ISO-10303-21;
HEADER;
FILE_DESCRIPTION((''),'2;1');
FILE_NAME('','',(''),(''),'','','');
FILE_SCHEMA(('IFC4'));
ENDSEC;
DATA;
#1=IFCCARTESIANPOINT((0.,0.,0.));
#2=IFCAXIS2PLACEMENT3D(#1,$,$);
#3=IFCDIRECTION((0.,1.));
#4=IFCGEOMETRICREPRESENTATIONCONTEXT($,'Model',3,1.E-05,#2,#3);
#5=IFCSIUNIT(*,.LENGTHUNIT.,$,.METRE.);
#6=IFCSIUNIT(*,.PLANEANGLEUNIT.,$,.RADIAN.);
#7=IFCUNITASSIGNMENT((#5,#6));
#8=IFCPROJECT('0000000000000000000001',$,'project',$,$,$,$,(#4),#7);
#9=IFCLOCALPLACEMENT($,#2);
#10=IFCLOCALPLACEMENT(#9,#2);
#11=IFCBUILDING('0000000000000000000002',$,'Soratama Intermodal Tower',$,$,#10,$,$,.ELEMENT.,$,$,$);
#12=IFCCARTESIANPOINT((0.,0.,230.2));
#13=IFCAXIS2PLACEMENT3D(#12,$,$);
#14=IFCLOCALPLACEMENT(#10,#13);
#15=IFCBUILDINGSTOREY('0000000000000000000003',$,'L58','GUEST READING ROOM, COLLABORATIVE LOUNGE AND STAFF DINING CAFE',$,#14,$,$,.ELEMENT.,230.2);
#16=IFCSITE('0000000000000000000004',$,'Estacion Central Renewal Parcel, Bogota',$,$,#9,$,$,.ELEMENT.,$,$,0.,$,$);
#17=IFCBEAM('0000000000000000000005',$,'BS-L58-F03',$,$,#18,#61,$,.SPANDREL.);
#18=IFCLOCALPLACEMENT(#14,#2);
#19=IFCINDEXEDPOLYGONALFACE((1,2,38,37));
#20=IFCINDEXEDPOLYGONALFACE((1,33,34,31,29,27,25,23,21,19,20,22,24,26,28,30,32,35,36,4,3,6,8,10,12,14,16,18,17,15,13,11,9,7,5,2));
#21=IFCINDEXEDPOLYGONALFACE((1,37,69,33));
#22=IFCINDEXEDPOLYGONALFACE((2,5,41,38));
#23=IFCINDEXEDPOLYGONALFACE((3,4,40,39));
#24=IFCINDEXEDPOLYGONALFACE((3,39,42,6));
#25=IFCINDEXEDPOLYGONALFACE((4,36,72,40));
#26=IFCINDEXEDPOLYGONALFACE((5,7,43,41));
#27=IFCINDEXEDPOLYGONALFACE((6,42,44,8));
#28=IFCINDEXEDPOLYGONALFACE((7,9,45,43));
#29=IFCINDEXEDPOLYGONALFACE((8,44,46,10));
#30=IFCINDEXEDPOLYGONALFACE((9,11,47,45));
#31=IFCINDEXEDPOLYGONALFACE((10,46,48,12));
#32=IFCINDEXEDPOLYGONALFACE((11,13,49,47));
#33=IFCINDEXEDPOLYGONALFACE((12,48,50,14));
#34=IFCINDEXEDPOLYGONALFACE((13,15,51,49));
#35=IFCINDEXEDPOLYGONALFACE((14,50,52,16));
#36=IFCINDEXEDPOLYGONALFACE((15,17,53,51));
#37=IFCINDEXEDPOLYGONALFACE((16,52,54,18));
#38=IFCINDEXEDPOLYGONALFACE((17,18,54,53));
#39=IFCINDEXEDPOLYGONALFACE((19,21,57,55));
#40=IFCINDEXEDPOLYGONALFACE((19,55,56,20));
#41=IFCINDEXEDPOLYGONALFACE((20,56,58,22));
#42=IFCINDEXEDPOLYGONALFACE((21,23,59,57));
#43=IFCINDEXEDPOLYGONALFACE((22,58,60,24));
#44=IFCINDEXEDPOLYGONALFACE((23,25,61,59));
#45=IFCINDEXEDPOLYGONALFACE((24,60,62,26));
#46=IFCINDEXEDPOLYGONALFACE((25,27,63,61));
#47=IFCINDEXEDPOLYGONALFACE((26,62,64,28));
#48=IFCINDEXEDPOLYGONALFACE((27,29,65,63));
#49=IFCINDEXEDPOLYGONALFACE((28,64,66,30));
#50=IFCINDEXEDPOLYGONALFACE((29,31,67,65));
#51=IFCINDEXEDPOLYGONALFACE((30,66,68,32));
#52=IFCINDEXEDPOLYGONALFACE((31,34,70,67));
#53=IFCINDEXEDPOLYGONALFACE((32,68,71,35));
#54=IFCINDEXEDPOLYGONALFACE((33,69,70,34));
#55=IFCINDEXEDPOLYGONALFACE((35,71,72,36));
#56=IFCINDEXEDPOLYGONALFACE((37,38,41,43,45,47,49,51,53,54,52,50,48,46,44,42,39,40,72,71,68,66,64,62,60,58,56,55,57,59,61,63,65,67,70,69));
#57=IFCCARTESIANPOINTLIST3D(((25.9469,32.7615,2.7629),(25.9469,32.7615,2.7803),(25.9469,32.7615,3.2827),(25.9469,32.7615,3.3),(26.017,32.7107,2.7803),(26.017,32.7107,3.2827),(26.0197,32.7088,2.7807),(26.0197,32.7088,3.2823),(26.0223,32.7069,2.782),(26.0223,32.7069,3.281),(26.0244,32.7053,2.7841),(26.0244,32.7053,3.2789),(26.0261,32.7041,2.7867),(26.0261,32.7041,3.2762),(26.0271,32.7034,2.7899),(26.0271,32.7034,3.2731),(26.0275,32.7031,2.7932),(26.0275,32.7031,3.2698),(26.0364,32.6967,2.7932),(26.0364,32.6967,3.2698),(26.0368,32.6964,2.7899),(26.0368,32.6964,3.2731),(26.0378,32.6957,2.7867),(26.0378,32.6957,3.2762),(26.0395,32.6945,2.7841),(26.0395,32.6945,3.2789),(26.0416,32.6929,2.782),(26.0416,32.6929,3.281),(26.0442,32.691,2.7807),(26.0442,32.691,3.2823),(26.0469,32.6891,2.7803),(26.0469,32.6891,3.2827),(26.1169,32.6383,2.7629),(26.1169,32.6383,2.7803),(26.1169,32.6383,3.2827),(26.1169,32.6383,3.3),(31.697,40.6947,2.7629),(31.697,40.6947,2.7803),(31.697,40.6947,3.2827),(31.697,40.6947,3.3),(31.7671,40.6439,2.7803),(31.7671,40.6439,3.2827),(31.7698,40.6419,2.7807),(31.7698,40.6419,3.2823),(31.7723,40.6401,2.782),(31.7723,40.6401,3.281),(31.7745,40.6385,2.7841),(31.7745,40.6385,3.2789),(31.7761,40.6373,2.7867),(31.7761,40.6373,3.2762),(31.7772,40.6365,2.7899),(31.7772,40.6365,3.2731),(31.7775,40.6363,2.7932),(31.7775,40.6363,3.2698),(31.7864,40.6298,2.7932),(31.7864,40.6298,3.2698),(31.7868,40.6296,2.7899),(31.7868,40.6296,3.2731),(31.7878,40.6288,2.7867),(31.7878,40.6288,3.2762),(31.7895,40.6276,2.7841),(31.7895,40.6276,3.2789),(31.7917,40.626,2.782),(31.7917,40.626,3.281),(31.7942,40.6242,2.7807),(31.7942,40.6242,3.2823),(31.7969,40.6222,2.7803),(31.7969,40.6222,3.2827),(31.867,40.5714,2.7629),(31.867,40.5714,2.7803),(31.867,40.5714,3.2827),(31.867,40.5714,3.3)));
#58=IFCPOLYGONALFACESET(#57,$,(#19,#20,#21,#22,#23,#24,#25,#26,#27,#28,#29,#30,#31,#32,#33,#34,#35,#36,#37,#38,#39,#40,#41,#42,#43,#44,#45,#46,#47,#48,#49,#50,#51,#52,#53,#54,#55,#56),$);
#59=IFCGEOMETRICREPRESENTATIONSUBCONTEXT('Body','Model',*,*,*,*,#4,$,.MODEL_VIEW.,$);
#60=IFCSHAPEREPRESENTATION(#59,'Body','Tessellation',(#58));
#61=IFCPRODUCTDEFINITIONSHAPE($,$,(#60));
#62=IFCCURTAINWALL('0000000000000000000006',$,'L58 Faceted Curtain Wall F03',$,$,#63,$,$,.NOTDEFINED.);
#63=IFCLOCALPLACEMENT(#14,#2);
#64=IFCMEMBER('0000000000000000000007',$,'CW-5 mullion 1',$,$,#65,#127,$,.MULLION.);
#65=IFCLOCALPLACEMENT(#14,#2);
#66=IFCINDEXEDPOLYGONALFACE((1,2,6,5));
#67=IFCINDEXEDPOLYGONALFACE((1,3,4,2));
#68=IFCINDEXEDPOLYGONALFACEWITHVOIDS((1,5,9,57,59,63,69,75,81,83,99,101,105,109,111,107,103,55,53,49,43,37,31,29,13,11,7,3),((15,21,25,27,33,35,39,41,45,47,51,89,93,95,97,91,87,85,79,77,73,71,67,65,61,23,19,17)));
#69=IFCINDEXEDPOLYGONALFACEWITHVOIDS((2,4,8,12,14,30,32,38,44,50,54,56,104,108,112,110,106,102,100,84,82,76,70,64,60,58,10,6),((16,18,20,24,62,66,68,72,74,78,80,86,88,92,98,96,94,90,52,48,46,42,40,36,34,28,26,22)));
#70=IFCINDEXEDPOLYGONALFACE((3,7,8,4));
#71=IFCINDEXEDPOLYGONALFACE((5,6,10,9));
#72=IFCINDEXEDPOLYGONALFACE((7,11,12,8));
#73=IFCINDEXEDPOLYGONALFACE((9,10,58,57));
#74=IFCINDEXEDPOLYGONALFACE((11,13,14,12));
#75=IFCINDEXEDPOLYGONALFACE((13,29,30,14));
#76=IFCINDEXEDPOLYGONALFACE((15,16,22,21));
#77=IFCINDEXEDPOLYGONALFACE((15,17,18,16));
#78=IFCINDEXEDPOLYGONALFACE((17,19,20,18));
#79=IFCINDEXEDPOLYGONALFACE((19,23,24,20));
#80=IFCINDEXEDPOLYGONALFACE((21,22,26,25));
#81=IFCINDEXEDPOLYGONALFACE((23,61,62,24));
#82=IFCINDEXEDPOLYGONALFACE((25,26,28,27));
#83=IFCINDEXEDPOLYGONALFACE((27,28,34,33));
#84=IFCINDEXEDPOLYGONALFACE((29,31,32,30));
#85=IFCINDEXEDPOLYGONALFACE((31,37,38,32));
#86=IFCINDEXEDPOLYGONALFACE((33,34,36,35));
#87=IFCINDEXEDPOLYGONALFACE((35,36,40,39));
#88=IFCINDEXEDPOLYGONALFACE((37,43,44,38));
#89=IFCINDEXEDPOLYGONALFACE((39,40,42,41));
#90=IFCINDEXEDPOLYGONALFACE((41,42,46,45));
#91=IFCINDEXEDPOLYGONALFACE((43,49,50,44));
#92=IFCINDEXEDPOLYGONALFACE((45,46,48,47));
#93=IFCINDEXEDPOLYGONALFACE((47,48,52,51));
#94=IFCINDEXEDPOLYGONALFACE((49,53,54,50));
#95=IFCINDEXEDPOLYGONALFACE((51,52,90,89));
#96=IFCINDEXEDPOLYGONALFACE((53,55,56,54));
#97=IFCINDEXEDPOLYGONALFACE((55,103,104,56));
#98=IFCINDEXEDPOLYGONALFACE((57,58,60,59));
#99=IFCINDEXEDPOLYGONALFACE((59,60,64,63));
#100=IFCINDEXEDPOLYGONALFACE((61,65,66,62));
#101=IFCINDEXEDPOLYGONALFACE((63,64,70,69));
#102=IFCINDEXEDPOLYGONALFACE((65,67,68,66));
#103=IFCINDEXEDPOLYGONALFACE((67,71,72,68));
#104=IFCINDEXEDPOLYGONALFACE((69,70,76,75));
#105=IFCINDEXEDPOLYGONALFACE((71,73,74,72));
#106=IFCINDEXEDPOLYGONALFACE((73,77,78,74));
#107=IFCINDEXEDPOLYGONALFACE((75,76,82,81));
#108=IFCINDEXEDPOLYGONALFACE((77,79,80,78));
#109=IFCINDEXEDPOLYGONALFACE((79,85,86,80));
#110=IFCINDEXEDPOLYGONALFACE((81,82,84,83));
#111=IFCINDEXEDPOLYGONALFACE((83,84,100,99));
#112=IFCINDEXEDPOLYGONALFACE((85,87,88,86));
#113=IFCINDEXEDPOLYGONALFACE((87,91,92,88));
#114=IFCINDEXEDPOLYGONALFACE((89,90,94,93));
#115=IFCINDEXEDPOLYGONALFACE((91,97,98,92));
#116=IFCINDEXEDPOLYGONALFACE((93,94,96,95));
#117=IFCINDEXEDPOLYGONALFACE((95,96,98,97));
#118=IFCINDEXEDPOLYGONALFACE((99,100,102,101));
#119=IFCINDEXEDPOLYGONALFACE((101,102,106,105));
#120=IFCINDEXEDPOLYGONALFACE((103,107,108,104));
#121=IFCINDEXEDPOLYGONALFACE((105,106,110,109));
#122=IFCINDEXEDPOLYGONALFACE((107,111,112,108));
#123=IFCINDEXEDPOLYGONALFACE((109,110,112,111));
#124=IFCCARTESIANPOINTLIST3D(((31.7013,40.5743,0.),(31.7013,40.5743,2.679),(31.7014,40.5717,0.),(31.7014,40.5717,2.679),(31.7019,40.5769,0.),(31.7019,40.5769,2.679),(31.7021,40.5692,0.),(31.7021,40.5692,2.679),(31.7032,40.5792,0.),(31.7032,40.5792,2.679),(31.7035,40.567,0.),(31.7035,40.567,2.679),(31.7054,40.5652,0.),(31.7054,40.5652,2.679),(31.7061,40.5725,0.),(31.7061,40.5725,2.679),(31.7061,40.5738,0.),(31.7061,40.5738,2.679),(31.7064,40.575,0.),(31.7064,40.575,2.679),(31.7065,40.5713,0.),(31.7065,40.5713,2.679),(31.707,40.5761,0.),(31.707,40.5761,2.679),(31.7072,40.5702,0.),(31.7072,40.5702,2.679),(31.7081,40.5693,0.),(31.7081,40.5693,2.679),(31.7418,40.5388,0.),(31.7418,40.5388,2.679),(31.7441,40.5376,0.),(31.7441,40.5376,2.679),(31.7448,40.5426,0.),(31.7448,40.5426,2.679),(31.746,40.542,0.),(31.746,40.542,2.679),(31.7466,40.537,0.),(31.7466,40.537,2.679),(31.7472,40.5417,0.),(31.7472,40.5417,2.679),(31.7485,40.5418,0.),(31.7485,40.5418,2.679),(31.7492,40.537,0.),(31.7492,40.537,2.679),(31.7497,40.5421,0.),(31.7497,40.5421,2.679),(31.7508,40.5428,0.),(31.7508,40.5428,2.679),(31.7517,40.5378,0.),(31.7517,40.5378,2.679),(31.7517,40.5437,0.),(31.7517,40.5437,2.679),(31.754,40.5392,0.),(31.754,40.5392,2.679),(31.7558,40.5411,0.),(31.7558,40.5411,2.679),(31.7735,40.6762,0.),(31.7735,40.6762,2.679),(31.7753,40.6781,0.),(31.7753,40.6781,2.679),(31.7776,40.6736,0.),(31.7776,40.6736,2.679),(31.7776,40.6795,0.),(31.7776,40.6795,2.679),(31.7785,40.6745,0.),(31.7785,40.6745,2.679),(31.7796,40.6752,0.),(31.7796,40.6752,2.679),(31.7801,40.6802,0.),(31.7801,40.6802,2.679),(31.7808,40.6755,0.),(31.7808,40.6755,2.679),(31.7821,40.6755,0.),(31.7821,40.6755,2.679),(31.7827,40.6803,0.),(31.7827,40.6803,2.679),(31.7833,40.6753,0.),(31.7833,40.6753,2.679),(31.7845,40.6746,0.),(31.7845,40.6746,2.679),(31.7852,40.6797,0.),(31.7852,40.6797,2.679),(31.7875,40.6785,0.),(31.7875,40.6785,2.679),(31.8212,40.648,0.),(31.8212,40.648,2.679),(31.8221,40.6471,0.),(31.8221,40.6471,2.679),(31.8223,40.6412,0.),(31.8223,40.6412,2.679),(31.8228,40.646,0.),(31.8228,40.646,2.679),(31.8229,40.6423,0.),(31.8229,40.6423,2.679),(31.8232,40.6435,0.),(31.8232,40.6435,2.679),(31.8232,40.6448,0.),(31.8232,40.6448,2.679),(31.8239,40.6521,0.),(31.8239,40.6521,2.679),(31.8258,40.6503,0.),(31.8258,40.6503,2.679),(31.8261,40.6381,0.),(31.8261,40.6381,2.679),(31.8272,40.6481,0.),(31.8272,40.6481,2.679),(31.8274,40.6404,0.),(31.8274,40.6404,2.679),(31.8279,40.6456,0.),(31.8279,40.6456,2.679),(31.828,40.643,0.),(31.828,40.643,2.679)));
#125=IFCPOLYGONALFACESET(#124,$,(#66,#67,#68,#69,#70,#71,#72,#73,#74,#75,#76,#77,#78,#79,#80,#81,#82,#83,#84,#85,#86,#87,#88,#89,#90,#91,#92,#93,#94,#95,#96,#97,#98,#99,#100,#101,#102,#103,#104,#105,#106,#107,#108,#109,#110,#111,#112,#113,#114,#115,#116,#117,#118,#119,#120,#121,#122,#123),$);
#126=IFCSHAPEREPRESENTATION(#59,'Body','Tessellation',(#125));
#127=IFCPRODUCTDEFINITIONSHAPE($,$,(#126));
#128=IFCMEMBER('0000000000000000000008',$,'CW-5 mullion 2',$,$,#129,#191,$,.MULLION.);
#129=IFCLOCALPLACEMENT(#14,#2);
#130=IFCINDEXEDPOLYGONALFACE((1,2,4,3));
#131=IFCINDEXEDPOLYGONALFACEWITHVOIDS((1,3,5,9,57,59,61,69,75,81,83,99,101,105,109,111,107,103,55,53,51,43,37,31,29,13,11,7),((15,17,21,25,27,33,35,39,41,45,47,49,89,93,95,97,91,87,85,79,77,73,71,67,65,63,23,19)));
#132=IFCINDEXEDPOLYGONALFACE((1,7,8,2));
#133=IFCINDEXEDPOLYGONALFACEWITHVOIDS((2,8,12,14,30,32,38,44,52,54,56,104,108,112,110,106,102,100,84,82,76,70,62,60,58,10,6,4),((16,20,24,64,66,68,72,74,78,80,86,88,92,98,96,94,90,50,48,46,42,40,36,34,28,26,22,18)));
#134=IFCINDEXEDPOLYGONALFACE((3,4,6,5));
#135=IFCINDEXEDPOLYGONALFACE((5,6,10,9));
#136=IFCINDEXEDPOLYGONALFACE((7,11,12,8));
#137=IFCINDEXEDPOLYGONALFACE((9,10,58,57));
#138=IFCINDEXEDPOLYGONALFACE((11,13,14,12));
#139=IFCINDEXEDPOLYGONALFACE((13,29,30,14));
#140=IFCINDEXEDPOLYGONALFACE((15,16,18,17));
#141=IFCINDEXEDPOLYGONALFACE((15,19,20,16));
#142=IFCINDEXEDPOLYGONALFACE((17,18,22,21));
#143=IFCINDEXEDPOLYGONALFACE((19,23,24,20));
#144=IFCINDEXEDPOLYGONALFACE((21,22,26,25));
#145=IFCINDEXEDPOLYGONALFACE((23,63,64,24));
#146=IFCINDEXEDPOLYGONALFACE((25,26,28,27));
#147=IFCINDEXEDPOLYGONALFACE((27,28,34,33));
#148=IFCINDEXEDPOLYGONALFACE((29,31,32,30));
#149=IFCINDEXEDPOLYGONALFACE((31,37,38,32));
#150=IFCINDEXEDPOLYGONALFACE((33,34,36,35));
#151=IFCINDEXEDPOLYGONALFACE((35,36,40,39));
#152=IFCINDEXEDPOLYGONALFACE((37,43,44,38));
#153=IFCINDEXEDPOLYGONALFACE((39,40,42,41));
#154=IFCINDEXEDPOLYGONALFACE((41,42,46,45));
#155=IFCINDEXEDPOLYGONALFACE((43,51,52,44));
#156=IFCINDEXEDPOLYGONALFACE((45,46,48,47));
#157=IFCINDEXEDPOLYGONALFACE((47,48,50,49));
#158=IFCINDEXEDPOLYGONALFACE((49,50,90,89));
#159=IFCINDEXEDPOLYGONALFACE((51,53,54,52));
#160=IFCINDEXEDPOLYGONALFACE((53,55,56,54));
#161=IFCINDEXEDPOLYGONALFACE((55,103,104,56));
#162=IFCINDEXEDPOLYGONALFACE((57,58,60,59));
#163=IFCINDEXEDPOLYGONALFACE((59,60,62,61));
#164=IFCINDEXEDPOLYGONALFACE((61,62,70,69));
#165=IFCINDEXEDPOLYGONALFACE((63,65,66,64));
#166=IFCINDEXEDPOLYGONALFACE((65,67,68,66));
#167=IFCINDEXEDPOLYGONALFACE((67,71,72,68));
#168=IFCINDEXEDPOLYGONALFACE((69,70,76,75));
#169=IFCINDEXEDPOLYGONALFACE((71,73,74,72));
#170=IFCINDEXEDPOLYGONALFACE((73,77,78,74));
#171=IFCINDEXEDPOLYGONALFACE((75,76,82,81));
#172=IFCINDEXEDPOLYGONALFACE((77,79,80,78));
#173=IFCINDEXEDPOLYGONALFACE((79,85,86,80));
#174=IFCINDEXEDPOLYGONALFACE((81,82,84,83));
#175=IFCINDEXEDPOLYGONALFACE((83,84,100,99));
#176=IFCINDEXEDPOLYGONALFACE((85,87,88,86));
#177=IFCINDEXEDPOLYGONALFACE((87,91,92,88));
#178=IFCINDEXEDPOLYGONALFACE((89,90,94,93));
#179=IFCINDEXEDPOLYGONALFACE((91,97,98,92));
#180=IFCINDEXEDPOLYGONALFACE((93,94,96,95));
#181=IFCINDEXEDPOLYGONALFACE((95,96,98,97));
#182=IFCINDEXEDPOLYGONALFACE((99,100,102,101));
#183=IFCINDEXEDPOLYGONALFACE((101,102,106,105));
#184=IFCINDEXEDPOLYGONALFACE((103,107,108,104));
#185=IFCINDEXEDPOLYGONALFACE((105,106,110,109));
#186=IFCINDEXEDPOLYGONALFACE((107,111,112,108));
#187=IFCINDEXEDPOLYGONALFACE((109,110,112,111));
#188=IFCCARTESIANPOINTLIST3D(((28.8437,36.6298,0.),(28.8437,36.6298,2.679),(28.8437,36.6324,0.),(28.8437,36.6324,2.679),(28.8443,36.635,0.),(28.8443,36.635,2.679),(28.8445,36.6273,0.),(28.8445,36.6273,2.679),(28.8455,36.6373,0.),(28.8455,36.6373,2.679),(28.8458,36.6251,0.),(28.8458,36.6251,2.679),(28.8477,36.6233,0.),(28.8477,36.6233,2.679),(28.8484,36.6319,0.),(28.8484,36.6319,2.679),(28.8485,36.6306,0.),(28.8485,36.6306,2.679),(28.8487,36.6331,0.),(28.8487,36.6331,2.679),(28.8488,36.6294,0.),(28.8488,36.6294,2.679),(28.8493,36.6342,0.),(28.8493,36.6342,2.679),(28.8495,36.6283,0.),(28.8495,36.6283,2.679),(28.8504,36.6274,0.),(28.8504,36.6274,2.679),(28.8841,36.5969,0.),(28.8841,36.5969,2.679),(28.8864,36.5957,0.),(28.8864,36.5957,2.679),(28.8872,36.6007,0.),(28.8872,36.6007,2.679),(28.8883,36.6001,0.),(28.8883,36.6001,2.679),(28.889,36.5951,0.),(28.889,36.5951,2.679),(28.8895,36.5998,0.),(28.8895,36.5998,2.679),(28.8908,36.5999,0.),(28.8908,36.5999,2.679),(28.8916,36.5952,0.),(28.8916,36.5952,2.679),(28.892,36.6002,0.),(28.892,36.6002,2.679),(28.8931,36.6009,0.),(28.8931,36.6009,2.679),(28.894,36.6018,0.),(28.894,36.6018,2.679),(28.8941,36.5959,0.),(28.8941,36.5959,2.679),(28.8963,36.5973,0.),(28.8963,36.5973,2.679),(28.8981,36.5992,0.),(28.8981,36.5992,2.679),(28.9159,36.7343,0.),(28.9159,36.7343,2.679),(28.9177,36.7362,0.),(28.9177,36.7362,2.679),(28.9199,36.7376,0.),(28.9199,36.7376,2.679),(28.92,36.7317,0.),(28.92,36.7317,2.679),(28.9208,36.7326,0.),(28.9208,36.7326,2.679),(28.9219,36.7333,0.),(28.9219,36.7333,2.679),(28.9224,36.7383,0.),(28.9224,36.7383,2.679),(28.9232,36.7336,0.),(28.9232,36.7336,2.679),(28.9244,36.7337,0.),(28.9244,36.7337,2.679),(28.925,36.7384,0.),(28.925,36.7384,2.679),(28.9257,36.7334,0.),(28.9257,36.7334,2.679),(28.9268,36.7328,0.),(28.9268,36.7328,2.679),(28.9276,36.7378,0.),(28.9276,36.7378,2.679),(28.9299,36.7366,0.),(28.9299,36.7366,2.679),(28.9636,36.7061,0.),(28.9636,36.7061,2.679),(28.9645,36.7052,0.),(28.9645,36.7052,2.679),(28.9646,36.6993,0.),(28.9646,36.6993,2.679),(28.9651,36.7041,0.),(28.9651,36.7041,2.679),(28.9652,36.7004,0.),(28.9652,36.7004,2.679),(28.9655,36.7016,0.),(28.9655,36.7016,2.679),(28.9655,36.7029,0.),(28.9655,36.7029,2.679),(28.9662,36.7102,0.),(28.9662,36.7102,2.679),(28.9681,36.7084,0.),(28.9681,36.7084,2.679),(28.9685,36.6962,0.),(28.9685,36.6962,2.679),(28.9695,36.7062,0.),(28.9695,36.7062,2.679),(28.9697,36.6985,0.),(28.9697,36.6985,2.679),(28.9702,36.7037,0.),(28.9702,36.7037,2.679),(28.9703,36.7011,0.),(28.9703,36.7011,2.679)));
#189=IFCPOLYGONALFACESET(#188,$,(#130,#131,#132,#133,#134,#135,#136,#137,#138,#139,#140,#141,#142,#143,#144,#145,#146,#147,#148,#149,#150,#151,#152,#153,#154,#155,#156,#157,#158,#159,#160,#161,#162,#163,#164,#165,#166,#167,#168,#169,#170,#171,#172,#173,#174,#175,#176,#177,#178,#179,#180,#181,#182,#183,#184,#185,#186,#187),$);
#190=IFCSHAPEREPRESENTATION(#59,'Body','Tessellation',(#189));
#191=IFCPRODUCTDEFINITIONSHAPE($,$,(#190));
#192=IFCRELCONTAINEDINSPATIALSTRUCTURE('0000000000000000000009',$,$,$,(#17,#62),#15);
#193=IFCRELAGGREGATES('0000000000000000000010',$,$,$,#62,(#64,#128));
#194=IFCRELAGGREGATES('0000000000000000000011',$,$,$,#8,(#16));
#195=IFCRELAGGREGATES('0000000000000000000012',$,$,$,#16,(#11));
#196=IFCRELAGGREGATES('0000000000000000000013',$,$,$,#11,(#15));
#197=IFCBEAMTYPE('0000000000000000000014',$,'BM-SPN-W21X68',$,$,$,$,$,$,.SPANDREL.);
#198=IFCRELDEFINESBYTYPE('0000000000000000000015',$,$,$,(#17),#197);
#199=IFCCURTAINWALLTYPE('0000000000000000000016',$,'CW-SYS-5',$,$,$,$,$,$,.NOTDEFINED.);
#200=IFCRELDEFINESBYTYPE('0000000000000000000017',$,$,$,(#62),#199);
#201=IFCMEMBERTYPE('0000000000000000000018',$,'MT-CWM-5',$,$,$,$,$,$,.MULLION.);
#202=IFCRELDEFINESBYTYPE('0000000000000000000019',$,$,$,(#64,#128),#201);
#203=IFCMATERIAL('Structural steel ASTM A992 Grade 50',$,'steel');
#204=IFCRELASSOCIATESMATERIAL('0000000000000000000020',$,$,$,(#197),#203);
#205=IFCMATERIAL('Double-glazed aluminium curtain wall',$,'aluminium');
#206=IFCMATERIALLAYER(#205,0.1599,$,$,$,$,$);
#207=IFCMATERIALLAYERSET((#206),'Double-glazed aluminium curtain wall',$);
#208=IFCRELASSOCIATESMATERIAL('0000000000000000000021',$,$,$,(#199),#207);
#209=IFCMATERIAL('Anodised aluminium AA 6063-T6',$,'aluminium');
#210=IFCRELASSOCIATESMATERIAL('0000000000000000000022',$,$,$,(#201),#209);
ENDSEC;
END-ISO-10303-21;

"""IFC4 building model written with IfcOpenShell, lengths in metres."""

from ifc_helpers import new_model, si_unit, direction, frame, origin, origin_2d, place, context, subcontext, project, spatial, hollow_rectangle, i_section, extrude, material, layer, layer_set, material_profile, profile_set, type_object, element, aggregate, save


model = new_model("IFC4")

# Units and contexts
model_context = context("Model", 3, precision=1e-05, world=origin(), true_north=direction((0.0, 1.0)))
body_context = subcontext(model_context, "Body", "Model", "MODEL_VIEW")
ifc_project = project(units=[si_unit("LENGTHUNIT", "METRE"), si_unit("PLANEANGLEUNIT", "RADIAN")], contexts=[model_context])

# Site, building, storey
site_placement = place(None, origin())
site = spatial("IfcSite", under=ifc_project, at=site_placement, Name="Estacion Central Renewal Parcel, Bogota", CompositionType="ELEMENT", RefElevation=0.0)
building_placement = place(site_placement, origin())
building = spatial("IfcBuilding", under=site, at=building_placement, Name="Soratama Intermodal Tower", CompositionType="ELEMENT")
storey_placement = place(building_placement, frame((0.0, 0.0, 230.2)))
storey = spatial("IfcBuildingStorey", under=building, at=storey_placement, Name="L58", Description="GUEST READING ROOM, COLLABORATIVE LOUNGE AND STAFF DINING CAFE", CompositionType="ELEMENT", Elevation=230.2)

# Beam
ifc_material_1 = material(Name="Structural steel ASTM A992 Grade 50", Category="steel")
ifc_material_profile_1 = material_profile(ifc_material_1, i_section(OverallWidth=0.21, OverallDepth=0.5371, WebThickness=0.011, FlangeThickness=0.0173, FilletRadius=0.0129, at=origin_2d()), Name="W21X68")
ifc_profile_set_1 = profile_set([ifc_material_profile_1], Name="Structural steel ASTM A992 Grade 50")
beam_type_1 = type_object("IfcBeamType", Name="BM-SPN-W21X68", PredefinedType="SPANDREL", material=ifc_profile_set_1)
beam_1_placement = place(storey_placement, frame((31.782, 40.6331, 3.0315), z_axis=(-0.586867, -0.809683, 0.0), x_axis=(0.809683, -0.586867, 0.0)))
element("IfcBeam", 1, at=beam_1_placement, inside=storey, type_object=beam_type_1, Name="BS-L58-F03", PredefinedType="SPANDREL", context=body_context, shape_type="SweptSolid", body=[
    extrude(i_section(OverallWidth=0.21, OverallDepth=0.5371, WebThickness=0.011, FlangeThickness=0.0173, FilletRadius=0.0129, at=origin_2d()), origin(), (0.0, 0.0, 1.0), 9.7979),
])

# Curtain wall, members
ifc_material_2 = material(Name="Double-glazed aluminium curtain wall", Category="aluminium")
ifc_layer_1 = layer(ifc_material_2, 0.1599)
ifc_layer_set_1 = layer_set([ifc_layer_1], Name="Double-glazed aluminium curtain wall")
curtain_wall_type = type_object("IfcCurtainWallType", Name="CW-SYS-5", PredefinedType="NOTDEFINED", material=ifc_layer_set_1)
curtain_wall_placement = place(storey_placement, origin())
curtain_wall = element("IfcCurtainWall", 2, at=curtain_wall_placement, inside=storey, type_object=curtain_wall_type, Name="L58 Faceted Curtain Wall F03", PredefinedType="NOTDEFINED")
ifc_material_3 = material(Name="Anodised aluminium AA 6063-T6", Category="aluminium")
ifc_material_profile_2 = material_profile(ifc_material_3, hollow_rectangle(XDim=0.0649, YDim=0.1399, WallThickness=0.0049, InnerFilletRadius=0.0049, OuterFilletRadius=0.01, at=origin_2d()), Name="CWM140X65X5")
ifc_profile_set_2 = profile_set([ifc_material_profile_2], Name="Anodised aluminium AA 6063-T6")
member_type_1 = type_object("IfcMemberType", Name="MT-CWM-5", PredefinedType="MULLION", material=ifc_profile_set_2)
member_1_placement = place(storey_placement, frame((31.7646, 40.6086, 0.0), z_axis=(0.0, 0.0, 1.0), x_axis=(0.809633, -0.586937, 0.0)))
member_1 = element("IfcMember", 3, at=member_1_placement, type_object=member_type_1, Name="CW-5 mullion 1", PredefinedType="MULLION", context=body_context, shape_type="SweptSolid", body=[
    extrude(hollow_rectangle(XDim=0.0649, YDim=0.1399, WallThickness=0.0049, InnerFilletRadius=0.0049, OuterFilletRadius=0.01, at=origin_2d()), origin(), (0.0, 0.0, 1.0), 2.679),
])
member_2_placement = place(storey_placement, frame((28.907, 36.6667, 0.0), z_axis=(0.0, 0.0, 1.0), x_axis=(0.809633, -0.586937, 0.0)))
member_2 = element("IfcMember", 4, at=member_2_placement, type_object=member_type_1, Name="CW-5 mullion 2", PredefinedType="MULLION", context=body_context, shape_type="SweptSolid", body=[
    extrude(hollow_rectangle(XDim=0.0649, YDim=0.1399, WallThickness=0.0049, InnerFilletRadius=0.0049, OuterFilletRadius=0.01, at=origin_2d()), origin(), (0.0, 0.0, 1.0), 2.679),
])
aggregate(curtain_wall, [member_1, member_2])

save(model, "model.ifc")
